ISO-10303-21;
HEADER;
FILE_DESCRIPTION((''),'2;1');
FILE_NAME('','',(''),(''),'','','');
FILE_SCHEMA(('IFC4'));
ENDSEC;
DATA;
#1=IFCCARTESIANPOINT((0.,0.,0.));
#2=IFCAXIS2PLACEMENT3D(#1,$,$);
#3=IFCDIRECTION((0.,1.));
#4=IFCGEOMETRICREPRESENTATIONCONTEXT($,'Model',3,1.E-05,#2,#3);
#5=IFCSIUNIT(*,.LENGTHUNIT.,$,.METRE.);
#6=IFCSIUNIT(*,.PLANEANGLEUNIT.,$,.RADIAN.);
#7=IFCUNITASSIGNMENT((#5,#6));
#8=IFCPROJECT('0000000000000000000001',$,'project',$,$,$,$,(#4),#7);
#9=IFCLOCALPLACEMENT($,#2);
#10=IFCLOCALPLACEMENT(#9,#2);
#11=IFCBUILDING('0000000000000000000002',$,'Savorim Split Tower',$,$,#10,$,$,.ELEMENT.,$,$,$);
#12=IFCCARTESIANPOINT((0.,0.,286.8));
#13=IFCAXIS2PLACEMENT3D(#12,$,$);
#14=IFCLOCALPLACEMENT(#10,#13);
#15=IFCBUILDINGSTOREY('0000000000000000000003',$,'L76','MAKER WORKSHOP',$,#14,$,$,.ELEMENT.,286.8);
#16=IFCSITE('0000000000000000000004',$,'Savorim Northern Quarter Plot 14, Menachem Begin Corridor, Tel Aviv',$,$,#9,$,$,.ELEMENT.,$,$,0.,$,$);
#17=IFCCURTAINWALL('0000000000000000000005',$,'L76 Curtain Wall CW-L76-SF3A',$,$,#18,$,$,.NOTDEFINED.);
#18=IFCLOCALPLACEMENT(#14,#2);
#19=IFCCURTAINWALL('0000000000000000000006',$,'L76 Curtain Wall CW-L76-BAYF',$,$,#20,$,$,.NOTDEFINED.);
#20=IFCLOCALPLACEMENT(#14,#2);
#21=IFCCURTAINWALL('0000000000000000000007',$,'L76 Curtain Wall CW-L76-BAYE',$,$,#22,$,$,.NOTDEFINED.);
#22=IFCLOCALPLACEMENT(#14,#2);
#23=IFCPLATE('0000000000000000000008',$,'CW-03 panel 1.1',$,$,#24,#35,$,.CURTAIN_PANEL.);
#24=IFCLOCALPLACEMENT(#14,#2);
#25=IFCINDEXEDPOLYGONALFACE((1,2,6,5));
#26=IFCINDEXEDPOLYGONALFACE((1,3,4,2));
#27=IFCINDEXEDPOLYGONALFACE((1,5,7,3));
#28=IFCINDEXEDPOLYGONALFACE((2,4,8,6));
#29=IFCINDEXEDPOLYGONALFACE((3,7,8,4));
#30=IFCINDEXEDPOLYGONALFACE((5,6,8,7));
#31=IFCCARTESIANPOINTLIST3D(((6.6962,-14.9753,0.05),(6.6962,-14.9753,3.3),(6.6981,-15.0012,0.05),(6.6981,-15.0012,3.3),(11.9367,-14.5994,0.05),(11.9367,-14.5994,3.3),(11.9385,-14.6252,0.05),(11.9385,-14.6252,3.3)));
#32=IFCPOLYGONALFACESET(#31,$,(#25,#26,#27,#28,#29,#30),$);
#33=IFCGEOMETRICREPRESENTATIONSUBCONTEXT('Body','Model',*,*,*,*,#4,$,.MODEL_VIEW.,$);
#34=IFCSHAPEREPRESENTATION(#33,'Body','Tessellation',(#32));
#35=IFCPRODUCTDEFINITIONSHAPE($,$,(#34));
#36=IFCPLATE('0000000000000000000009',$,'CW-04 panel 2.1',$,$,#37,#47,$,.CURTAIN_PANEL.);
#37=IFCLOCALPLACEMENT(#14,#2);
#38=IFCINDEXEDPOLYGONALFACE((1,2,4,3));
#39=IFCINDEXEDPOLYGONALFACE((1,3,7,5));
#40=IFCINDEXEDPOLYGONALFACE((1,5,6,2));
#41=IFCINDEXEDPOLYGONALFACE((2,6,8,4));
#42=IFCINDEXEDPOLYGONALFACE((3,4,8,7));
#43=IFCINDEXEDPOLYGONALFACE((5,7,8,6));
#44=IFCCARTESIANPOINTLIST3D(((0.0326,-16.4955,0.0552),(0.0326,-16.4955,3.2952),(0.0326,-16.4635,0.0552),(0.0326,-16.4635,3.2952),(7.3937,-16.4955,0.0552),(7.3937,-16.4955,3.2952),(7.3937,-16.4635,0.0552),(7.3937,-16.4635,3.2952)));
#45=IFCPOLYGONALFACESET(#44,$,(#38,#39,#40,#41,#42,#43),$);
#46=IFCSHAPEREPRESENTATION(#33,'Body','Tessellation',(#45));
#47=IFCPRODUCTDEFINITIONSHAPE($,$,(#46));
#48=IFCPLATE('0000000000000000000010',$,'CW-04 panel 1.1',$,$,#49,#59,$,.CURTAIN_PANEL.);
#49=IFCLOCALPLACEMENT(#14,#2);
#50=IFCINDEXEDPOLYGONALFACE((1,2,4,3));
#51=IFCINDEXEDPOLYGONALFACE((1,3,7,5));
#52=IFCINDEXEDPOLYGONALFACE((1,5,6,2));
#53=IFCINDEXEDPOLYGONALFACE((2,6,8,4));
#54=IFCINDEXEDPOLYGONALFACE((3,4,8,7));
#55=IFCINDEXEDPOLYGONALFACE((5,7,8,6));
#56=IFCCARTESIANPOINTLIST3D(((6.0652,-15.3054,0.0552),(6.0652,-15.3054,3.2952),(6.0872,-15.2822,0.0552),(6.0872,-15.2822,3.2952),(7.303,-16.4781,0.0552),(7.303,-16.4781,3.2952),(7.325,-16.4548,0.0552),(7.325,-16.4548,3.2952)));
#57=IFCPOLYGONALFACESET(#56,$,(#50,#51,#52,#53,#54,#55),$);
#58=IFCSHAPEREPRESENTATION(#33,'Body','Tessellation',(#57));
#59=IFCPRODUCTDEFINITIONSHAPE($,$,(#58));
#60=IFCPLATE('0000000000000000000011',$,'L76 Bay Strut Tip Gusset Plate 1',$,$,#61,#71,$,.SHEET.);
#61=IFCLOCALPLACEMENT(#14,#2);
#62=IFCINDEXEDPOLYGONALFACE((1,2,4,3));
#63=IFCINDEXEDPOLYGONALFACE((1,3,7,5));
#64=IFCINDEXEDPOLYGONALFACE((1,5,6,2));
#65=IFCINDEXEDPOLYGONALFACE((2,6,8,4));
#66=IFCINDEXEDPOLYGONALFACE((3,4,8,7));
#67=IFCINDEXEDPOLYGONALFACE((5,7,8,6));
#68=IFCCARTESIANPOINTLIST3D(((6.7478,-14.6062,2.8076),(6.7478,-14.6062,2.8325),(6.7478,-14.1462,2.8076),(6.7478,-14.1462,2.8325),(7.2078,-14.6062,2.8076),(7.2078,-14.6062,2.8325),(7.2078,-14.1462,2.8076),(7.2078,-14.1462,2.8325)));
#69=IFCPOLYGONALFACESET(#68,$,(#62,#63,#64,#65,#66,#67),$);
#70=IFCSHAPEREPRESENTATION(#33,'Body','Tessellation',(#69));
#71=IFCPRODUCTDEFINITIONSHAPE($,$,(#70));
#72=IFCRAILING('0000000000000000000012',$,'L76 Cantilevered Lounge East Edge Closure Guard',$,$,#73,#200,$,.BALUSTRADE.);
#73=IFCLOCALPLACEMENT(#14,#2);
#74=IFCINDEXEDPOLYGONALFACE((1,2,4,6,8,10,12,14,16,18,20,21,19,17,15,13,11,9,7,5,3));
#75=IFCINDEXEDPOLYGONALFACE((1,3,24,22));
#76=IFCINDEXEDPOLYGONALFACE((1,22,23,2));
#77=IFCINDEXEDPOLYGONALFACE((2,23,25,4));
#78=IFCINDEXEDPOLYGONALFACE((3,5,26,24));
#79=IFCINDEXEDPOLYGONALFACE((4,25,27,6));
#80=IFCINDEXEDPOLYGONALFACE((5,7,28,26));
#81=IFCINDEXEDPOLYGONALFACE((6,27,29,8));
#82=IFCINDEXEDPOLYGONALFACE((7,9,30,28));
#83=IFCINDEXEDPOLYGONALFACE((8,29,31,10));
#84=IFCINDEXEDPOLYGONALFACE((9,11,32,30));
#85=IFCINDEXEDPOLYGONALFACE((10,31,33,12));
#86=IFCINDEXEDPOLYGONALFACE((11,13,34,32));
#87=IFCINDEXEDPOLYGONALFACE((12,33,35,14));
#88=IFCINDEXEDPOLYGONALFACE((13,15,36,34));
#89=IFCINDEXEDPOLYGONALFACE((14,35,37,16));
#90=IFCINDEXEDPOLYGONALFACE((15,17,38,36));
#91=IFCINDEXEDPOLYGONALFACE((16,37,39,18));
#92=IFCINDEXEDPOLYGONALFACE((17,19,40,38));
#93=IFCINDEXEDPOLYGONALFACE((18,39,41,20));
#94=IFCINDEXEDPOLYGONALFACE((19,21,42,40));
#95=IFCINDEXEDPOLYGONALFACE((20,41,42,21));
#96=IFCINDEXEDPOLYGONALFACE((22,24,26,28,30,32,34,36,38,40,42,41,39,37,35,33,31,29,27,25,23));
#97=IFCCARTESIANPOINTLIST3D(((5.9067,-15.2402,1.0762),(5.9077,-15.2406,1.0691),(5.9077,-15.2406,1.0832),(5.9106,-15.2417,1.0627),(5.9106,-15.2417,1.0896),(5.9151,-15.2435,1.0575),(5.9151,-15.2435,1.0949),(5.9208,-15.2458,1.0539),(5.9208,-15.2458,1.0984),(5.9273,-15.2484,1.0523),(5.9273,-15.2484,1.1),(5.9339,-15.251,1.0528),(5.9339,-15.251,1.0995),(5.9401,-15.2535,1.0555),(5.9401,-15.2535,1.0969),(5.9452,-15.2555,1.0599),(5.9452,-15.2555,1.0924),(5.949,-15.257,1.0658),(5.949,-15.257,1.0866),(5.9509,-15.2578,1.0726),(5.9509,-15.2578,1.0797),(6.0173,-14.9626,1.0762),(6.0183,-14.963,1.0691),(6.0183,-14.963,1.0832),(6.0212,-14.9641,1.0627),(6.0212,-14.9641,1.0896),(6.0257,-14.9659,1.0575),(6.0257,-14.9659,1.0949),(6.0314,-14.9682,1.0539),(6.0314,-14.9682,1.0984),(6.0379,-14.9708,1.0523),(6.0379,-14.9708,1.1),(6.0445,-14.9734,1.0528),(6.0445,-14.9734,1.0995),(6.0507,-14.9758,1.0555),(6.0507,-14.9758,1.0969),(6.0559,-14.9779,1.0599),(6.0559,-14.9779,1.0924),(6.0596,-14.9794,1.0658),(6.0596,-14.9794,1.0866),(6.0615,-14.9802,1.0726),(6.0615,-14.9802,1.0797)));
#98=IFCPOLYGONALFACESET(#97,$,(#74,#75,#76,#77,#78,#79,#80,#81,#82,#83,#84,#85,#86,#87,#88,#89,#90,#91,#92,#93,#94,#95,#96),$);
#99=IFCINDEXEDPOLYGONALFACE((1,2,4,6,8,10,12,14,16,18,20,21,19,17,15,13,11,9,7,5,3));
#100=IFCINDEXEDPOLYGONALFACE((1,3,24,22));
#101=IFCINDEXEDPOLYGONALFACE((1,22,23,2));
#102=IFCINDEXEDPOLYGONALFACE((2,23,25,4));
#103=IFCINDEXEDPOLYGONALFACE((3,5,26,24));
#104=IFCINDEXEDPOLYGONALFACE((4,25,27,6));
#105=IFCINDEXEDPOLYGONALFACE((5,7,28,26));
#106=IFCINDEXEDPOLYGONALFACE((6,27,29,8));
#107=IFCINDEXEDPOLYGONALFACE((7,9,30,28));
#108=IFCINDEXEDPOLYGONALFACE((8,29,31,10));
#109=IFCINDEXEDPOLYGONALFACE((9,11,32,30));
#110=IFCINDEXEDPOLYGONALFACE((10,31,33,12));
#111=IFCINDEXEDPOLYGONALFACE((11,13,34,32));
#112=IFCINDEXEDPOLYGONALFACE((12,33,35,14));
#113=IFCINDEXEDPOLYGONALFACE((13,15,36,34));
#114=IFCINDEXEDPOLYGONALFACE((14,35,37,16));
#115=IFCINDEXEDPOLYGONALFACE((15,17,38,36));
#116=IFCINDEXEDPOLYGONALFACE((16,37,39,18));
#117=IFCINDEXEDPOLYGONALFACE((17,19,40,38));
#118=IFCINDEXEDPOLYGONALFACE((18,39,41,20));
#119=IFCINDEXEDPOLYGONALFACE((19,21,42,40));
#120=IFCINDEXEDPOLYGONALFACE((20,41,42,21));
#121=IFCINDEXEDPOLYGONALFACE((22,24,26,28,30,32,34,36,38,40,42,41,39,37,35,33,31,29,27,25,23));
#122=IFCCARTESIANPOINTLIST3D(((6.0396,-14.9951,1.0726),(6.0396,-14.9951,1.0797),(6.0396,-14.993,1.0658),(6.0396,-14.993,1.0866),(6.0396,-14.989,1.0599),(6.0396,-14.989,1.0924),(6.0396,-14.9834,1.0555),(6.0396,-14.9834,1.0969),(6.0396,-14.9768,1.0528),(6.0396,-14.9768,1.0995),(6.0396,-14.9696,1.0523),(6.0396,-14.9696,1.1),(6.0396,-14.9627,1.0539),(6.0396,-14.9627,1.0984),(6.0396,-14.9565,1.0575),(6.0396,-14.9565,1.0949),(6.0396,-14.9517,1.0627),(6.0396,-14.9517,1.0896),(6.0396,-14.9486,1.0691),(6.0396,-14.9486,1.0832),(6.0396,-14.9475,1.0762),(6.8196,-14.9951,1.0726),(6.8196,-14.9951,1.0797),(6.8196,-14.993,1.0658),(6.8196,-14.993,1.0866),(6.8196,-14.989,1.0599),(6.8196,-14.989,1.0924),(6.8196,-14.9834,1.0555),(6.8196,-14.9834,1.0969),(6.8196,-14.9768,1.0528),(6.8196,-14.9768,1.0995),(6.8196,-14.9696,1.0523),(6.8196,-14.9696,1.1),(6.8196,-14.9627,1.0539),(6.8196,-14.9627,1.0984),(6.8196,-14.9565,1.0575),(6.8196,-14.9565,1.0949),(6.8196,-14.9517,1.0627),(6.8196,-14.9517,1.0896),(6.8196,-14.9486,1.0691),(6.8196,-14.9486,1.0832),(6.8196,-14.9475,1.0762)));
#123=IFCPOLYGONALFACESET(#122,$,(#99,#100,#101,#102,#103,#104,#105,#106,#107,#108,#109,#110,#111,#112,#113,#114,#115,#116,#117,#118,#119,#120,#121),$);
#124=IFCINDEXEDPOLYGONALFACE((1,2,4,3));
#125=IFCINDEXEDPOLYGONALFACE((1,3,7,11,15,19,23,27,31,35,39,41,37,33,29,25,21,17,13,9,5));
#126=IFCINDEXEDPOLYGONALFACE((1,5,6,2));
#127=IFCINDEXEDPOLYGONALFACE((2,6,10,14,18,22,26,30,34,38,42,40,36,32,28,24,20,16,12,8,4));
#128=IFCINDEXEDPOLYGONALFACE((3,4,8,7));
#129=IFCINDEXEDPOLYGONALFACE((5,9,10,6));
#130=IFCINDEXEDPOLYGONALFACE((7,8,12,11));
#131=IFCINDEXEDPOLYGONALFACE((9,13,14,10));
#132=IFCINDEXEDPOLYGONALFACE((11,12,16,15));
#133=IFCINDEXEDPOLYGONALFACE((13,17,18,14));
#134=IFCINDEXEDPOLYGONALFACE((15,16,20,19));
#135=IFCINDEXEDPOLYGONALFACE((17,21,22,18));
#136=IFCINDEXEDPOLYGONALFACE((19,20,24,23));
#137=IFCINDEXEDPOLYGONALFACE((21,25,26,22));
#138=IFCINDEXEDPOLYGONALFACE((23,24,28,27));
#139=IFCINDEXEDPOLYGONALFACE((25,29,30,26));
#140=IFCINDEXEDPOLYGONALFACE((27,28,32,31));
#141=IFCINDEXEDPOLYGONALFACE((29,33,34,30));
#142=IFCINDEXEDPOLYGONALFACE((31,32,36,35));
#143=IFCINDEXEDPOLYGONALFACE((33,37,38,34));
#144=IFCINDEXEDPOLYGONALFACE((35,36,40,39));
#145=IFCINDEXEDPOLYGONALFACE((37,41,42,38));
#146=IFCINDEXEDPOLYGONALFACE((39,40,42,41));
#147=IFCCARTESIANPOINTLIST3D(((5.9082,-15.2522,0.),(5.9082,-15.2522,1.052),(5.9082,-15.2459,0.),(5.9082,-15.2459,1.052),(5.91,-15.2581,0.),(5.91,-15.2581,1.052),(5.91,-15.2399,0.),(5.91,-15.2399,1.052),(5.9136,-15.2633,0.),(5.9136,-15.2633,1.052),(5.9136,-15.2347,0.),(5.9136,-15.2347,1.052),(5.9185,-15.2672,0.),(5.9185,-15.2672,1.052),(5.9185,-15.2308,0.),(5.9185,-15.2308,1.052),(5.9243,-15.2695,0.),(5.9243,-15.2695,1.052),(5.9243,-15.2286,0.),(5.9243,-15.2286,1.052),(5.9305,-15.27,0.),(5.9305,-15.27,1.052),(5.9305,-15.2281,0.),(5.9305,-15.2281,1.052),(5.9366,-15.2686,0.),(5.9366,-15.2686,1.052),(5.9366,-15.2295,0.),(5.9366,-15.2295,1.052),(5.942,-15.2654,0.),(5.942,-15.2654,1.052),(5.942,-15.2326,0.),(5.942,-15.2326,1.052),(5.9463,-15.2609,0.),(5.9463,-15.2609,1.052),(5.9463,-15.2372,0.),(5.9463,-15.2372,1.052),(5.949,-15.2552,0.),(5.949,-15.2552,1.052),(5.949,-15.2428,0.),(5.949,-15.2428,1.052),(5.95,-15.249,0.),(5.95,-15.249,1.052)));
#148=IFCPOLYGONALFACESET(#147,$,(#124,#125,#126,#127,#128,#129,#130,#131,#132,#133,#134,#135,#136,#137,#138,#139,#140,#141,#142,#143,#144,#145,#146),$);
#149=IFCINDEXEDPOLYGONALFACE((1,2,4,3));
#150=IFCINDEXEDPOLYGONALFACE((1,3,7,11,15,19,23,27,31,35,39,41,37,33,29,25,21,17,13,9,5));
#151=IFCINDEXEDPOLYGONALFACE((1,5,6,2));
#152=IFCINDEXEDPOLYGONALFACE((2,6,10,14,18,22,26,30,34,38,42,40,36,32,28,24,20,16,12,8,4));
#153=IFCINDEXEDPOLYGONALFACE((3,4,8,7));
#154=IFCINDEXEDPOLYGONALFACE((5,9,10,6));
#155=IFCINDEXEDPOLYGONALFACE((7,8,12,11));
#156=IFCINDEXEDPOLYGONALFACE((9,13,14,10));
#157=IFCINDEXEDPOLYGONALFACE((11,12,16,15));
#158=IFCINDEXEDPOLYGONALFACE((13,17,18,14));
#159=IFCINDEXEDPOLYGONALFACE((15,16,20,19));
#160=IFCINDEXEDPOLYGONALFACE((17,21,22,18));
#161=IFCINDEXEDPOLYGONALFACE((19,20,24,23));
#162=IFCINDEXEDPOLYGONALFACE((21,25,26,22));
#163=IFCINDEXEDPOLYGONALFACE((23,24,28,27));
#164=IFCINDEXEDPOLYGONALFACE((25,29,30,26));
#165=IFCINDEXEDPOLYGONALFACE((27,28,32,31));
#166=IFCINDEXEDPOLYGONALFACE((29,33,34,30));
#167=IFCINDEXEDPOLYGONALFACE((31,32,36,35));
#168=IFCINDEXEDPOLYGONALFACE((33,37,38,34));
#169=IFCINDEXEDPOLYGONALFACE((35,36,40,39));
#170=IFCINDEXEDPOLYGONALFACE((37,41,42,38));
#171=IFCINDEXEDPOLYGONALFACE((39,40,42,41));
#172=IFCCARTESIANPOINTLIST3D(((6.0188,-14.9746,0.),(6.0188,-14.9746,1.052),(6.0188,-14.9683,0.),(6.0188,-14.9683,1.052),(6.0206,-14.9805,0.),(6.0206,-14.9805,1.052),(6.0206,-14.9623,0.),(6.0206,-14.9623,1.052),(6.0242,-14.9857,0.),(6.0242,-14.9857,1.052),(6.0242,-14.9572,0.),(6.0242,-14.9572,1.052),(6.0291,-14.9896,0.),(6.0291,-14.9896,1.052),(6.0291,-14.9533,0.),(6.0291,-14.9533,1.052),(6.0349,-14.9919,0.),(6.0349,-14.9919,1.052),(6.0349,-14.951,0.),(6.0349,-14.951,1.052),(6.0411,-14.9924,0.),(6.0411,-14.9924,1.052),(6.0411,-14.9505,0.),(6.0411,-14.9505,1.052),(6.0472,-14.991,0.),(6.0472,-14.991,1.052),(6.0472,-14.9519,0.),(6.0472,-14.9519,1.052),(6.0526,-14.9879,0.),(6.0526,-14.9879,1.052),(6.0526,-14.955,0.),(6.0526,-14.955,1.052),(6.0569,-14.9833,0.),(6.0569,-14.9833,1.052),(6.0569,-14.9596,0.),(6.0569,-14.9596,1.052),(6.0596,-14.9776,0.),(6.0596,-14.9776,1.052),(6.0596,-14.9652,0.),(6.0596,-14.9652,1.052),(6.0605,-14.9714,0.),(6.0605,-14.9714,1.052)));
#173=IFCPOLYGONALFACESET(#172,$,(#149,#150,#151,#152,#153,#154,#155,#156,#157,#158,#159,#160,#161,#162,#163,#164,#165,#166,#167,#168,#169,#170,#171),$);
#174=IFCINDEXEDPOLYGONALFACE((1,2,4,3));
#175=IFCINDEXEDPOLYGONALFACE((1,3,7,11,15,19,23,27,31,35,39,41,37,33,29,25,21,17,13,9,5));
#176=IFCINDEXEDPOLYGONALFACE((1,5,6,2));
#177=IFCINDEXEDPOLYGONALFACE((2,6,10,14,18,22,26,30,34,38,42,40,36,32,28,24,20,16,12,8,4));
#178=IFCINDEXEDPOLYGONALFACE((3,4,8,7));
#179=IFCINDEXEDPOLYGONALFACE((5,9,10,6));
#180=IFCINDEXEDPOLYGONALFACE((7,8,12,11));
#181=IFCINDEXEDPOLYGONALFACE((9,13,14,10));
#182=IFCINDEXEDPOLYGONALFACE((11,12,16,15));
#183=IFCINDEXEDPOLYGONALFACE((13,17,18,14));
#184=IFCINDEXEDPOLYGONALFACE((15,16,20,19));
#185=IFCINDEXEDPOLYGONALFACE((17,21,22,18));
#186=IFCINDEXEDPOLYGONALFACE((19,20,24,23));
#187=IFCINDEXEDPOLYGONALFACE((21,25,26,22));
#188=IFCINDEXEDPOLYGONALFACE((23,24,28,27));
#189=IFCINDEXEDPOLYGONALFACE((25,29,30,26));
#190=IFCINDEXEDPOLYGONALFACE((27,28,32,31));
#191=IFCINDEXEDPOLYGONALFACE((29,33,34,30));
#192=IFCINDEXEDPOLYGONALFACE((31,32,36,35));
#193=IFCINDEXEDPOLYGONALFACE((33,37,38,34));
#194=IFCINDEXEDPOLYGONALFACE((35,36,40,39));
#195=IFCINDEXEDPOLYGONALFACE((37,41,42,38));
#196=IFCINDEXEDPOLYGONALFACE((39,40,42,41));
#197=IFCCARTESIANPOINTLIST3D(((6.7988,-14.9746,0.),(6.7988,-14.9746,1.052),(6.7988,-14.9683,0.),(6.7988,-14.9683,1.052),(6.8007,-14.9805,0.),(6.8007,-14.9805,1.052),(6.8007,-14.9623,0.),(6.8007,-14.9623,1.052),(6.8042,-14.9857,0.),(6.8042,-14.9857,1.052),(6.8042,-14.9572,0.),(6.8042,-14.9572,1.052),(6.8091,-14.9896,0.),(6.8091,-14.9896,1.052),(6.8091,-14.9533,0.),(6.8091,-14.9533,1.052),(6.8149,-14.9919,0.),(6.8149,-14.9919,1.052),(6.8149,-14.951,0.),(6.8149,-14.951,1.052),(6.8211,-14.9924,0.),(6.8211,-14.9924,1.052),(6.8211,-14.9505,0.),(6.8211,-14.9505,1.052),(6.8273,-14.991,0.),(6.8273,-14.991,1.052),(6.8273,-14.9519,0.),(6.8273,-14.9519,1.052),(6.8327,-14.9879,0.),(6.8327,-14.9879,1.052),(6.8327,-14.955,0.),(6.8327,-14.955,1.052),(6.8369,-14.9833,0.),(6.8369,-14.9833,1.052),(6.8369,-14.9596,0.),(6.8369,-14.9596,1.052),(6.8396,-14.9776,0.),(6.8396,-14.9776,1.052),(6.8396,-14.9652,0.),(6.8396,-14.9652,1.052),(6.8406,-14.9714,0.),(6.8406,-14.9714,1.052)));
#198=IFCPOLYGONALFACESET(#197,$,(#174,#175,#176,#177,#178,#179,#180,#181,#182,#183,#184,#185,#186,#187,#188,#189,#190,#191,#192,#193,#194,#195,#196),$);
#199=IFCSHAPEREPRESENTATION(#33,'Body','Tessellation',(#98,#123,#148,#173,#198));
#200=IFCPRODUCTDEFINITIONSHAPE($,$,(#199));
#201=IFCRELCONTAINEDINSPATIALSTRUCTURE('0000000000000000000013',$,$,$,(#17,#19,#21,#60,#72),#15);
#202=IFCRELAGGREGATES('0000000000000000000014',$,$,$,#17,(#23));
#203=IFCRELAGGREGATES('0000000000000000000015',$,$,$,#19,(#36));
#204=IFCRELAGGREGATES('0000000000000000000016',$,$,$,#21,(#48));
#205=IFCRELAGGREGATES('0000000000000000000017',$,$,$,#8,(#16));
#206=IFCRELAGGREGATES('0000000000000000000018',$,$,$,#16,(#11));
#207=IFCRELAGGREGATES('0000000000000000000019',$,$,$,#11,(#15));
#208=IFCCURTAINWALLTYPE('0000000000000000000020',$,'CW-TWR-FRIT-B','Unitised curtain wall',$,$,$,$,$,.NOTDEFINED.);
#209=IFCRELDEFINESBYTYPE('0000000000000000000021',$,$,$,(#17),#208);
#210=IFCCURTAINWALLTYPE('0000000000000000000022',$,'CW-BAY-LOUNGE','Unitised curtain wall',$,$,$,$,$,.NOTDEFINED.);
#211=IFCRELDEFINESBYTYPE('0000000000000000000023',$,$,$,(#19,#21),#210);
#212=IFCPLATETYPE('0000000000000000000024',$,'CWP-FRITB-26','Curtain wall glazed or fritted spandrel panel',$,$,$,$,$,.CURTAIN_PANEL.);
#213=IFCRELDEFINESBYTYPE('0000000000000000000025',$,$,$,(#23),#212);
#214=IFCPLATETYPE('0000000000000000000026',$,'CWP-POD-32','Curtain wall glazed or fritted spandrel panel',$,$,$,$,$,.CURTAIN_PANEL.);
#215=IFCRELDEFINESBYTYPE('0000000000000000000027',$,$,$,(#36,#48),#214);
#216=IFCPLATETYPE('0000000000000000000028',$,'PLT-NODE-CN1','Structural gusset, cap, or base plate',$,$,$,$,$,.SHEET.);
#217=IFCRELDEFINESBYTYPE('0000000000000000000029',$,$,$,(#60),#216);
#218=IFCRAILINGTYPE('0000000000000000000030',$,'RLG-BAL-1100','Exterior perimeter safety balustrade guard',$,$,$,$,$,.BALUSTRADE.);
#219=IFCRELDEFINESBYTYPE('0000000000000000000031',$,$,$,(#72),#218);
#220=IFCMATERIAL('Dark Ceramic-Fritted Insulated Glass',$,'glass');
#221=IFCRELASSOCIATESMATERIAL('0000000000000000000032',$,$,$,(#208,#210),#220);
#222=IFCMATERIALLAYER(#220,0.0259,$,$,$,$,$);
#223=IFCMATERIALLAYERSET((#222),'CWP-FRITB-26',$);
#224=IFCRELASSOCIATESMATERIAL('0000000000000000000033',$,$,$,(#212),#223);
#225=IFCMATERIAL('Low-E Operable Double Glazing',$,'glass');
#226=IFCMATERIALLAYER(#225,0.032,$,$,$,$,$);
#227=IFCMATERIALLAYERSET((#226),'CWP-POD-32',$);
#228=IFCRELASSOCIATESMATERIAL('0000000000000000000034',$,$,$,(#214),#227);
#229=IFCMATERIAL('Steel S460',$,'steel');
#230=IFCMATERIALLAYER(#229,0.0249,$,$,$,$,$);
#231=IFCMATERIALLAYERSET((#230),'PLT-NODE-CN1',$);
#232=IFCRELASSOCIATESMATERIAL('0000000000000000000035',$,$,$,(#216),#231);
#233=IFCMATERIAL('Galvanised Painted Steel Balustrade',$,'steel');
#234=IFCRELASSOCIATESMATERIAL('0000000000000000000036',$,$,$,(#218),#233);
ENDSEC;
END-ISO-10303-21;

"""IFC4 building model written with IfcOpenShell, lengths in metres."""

from ifc_helpers import new_model, si_unit, direction, frame, origin, origin_2d, place, context, subcontext, project, spatial, rectangle, circle, extrude, material, layer, layer_set, type_object, element, aggregate, save


model = new_model("IFC4")

# Units and contexts
model_context = context("Model", 3, precision=1e-05, world=origin(), true_north=direction((0.0, 1.0)))
body_context = subcontext(model_context, "Body", "Model", "MODEL_VIEW")
ifc_project = project(units=[si_unit("LENGTHUNIT", "METRE"), si_unit("PLANEANGLEUNIT", "RADIAN")], contexts=[model_context])

# Site, building, storey
site_placement = place(None, origin())
site = spatial("IfcSite", under=ifc_project, at=site_placement, Name="Savorim Northern Quarter Plot 14, Menachem Begin Corridor, Tel Aviv", CompositionType="ELEMENT", RefElevation=0.0)
building_placement = place(site_placement, origin())
building = spatial("IfcBuilding", under=site, at=building_placement, Name="Savorim Split Tower", CompositionType="ELEMENT")
storey_placement = place(building_placement, frame((0.0, 0.0, 286.8)))
storey = spatial("IfcBuildingStorey", under=building, at=storey_placement, Name="L76", Description="MAKER WORKSHOP", CompositionType="ELEMENT", Elevation=286.8)

# Curtain walls
ifc_material_1 = material(Name="Dark Ceramic-Fritted Insulated Glass", Category="glass")
curtain_wall_type_1 = type_object("IfcCurtainWallType", Name="CW-TWR-FRIT-B", Description="Unitised curtain wall", PredefinedType="NOTDEFINED", material=ifc_material_1)
curtain_wall_1_placement = place(storey_placement, origin())
curtain_wall_1 = element("IfcCurtainWall", 1, at=curtain_wall_1_placement, inside=storey, type_object=curtain_wall_type_1, Name="L76 Curtain Wall CW-L76-SF3A", PredefinedType="NOTDEFINED")
curtain_wall_type_2 = type_object("IfcCurtainWallType", Name="CW-BAY-LOUNGE", Description="Unitised curtain wall", PredefinedType="NOTDEFINED", material=ifc_material_1)
curtain_wall_2_placement = place(storey_placement, origin())
curtain_wall_2 = element("IfcCurtainWall", 2, at=curtain_wall_2_placement, inside=storey, type_object=curtain_wall_type_2, Name="L76 Curtain Wall CW-L76-BAYF", PredefinedType="NOTDEFINED")

# Curtain wall
curtain_wall_3_placement = place(storey_placement, origin())
curtain_wall_3 = element("IfcCurtainWall", 3, at=curtain_wall_3_placement, inside=storey, type_object=curtain_wall_type_2, Name="L76 Curtain Wall CW-L76-BAYE", PredefinedType="NOTDEFINED")

# Plates
ifc_layer_1 = layer(ifc_material_1, 0.0259)
ifc_layer_set_1 = layer_set([ifc_layer_1], Name="CWP-FRITB-26")
plate_type_1 = type_object("IfcPlateType", Name="CWP-FRITB-26", Description="Curtain wall glazed or fritted spandrel panel", PredefinedType="CURTAIN_PANEL", material=ifc_layer_set_1)
plate_1_placement = place(storey_placement, frame((9.3174, -14.8003, 0.05), z_axis=(0.0, 0.0, 1.0), x_axis=(0.997437, 0.07155, 0.0)))
plate_1 = element("IfcPlate", 4, at=plate_1_placement, type_object=plate_type_1, Name="CW-03 panel 1.1", PredefinedType="CURTAIN_PANEL", context=body_context, shape_type="SweptSolid", body=[
    extrude(rectangle(XDim=5.2539, YDim=0.0259, at=origin_2d()), origin(), (0.0, 0.0, 1.0), 3.25),
])
aggregate(curtain_wall_1, [plate_1])
ifc_material_2 = material(Name="Low-E Operable Double Glazing", Category="glass")
ifc_layer_2 = layer(ifc_material_2, 0.032)
ifc_layer_set_2 = layer_set([ifc_layer_2], Name="CWP-POD-32")
plate_type_2 = type_object("IfcPlateType", Name="CWP-POD-32", Description="Curtain wall glazed or fritted spandrel panel", PredefinedType="CURTAIN_PANEL", material=ifc_layer_set_2)
plate_2_placement = place(storey_placement, frame((3.7131, -16.4795, 0.0552), z_axis=(0.0, 0.0, 1.0), x_axis=(1.0, 0.0, 0.0)))
plate_2 = element("IfcPlate", 5, at=plate_2_placement, type_object=plate_type_2, Name="CW-04 panel 2.1", PredefinedType="CURTAIN_PANEL", context=body_context, shape_type="SweptSolid", body=[
    extrude(rectangle(XDim=7.3611, YDim=0.032, at=origin_2d()), origin(), (0.0, 0.0, 1.0), 3.24),
])
aggregate(curtain_wall_2, [plate_2])
plate_3_placement = place(storey_placement, frame((6.6951, -15.8801, 0.0552), z_axis=(0.0, 0.0, 1.0), x_axis=(-0.72595, 0.687748, 0.0)))
plate_3 = element("IfcPlate", 6, at=plate_3_placement, type_object=plate_type_2, Name="CW-04 panel 1.1", PredefinedType="CURTAIN_PANEL", context=body_context, shape_type="SweptSolid", body=[
    extrude(rectangle(XDim=1.7051, YDim=0.032, at=origin_2d()), origin(), (0.0, 0.0, 1.0), 3.24),
])
aggregate(curtain_wall_3, [plate_3])
ifc_material_3 = material(Name="Steel S460", Category="steel")
ifc_layer_3 = layer(ifc_material_3, 0.0249)
ifc_layer_set_3 = layer_set([ifc_layer_3], Name="PLT-NODE-CN1")
plate_type_3 = type_object("IfcPlateType", Name="PLT-NODE-CN1", Description="Structural gusset, cap, or base plate", PredefinedType="SHEET", material=ifc_layer_set_3)
plate_4_placement = place(storey_placement, frame((6.9778, -14.3762, 2.8076), z_axis=(0.0, 0.0, 1.0), x_axis=(1.0, 0.0, 0.0)))
element("IfcPlate", 7, at=plate_4_placement, inside=storey, type_object=plate_type_3, Name="L76 Bay Strut Tip Gusset Plate 1", PredefinedType="SHEET", context=body_context, shape_type="SweptSolid", body=[
    extrude(rectangle(XDim=0.46, YDim=0.46, at=origin_2d()), origin(), (0.0, 0.0, 1.0), 0.0249),
])

# Railing
ifc_material_4 = material(Name="Galvanised Painted Steel Balustrade", Category="steel")
railing_type = type_object("IfcRailingType", Name="RLG-BAL-1100", Description="Exterior perimeter safety balustrade guard", PredefinedType="BALUSTRADE", material=ifc_material_4)
railing_placement = place(storey_placement, frame((5.929, -15.249, 0.0)))
element("IfcRailing", 8, at=railing_placement, inside=storey, type_object=railing_type, Name="L76 Cantilevered Lounge East Edge Closure Guard", PredefinedType="BALUSTRADE", context=body_context, shape_type="SweptSolid", body=[
    extrude(circle(Radius=0.0239, at=origin_2d()), frame((0.0, 0.0, 1.0762), z_axis=(0.370122, 0.928983, 0.0), x_axis=(-0.928983, 0.370122, 0.0)), (0.0, 0.0, 1.0), 0.2988),
    extrude(circle(Radius=0.0239, at=origin_2d()), frame((0.1106, 0.2776, 1.0762), z_axis=(1.0, 0.0, 0.0), x_axis=(0.0, 1.0, 0.0)), (0.0, 0.0, 1.0), 0.78),
    extrude(circle(Radius=0.021, at=origin_2d()), origin(), (0.0, 0.0, 1.0), 1.052),
    extrude(circle(Radius=0.021, at=origin_2d()), frame((0.1106, 0.2776, 0.0)), (0.0, 0.0, 1.0), 1.052),
    extrude(circle(Radius=0.021, at=origin_2d()), frame((0.8906, 0.2776, 0.0)), (0.0, 0.0, 1.0), 1.052),
])

save(model, "model.ifc")
